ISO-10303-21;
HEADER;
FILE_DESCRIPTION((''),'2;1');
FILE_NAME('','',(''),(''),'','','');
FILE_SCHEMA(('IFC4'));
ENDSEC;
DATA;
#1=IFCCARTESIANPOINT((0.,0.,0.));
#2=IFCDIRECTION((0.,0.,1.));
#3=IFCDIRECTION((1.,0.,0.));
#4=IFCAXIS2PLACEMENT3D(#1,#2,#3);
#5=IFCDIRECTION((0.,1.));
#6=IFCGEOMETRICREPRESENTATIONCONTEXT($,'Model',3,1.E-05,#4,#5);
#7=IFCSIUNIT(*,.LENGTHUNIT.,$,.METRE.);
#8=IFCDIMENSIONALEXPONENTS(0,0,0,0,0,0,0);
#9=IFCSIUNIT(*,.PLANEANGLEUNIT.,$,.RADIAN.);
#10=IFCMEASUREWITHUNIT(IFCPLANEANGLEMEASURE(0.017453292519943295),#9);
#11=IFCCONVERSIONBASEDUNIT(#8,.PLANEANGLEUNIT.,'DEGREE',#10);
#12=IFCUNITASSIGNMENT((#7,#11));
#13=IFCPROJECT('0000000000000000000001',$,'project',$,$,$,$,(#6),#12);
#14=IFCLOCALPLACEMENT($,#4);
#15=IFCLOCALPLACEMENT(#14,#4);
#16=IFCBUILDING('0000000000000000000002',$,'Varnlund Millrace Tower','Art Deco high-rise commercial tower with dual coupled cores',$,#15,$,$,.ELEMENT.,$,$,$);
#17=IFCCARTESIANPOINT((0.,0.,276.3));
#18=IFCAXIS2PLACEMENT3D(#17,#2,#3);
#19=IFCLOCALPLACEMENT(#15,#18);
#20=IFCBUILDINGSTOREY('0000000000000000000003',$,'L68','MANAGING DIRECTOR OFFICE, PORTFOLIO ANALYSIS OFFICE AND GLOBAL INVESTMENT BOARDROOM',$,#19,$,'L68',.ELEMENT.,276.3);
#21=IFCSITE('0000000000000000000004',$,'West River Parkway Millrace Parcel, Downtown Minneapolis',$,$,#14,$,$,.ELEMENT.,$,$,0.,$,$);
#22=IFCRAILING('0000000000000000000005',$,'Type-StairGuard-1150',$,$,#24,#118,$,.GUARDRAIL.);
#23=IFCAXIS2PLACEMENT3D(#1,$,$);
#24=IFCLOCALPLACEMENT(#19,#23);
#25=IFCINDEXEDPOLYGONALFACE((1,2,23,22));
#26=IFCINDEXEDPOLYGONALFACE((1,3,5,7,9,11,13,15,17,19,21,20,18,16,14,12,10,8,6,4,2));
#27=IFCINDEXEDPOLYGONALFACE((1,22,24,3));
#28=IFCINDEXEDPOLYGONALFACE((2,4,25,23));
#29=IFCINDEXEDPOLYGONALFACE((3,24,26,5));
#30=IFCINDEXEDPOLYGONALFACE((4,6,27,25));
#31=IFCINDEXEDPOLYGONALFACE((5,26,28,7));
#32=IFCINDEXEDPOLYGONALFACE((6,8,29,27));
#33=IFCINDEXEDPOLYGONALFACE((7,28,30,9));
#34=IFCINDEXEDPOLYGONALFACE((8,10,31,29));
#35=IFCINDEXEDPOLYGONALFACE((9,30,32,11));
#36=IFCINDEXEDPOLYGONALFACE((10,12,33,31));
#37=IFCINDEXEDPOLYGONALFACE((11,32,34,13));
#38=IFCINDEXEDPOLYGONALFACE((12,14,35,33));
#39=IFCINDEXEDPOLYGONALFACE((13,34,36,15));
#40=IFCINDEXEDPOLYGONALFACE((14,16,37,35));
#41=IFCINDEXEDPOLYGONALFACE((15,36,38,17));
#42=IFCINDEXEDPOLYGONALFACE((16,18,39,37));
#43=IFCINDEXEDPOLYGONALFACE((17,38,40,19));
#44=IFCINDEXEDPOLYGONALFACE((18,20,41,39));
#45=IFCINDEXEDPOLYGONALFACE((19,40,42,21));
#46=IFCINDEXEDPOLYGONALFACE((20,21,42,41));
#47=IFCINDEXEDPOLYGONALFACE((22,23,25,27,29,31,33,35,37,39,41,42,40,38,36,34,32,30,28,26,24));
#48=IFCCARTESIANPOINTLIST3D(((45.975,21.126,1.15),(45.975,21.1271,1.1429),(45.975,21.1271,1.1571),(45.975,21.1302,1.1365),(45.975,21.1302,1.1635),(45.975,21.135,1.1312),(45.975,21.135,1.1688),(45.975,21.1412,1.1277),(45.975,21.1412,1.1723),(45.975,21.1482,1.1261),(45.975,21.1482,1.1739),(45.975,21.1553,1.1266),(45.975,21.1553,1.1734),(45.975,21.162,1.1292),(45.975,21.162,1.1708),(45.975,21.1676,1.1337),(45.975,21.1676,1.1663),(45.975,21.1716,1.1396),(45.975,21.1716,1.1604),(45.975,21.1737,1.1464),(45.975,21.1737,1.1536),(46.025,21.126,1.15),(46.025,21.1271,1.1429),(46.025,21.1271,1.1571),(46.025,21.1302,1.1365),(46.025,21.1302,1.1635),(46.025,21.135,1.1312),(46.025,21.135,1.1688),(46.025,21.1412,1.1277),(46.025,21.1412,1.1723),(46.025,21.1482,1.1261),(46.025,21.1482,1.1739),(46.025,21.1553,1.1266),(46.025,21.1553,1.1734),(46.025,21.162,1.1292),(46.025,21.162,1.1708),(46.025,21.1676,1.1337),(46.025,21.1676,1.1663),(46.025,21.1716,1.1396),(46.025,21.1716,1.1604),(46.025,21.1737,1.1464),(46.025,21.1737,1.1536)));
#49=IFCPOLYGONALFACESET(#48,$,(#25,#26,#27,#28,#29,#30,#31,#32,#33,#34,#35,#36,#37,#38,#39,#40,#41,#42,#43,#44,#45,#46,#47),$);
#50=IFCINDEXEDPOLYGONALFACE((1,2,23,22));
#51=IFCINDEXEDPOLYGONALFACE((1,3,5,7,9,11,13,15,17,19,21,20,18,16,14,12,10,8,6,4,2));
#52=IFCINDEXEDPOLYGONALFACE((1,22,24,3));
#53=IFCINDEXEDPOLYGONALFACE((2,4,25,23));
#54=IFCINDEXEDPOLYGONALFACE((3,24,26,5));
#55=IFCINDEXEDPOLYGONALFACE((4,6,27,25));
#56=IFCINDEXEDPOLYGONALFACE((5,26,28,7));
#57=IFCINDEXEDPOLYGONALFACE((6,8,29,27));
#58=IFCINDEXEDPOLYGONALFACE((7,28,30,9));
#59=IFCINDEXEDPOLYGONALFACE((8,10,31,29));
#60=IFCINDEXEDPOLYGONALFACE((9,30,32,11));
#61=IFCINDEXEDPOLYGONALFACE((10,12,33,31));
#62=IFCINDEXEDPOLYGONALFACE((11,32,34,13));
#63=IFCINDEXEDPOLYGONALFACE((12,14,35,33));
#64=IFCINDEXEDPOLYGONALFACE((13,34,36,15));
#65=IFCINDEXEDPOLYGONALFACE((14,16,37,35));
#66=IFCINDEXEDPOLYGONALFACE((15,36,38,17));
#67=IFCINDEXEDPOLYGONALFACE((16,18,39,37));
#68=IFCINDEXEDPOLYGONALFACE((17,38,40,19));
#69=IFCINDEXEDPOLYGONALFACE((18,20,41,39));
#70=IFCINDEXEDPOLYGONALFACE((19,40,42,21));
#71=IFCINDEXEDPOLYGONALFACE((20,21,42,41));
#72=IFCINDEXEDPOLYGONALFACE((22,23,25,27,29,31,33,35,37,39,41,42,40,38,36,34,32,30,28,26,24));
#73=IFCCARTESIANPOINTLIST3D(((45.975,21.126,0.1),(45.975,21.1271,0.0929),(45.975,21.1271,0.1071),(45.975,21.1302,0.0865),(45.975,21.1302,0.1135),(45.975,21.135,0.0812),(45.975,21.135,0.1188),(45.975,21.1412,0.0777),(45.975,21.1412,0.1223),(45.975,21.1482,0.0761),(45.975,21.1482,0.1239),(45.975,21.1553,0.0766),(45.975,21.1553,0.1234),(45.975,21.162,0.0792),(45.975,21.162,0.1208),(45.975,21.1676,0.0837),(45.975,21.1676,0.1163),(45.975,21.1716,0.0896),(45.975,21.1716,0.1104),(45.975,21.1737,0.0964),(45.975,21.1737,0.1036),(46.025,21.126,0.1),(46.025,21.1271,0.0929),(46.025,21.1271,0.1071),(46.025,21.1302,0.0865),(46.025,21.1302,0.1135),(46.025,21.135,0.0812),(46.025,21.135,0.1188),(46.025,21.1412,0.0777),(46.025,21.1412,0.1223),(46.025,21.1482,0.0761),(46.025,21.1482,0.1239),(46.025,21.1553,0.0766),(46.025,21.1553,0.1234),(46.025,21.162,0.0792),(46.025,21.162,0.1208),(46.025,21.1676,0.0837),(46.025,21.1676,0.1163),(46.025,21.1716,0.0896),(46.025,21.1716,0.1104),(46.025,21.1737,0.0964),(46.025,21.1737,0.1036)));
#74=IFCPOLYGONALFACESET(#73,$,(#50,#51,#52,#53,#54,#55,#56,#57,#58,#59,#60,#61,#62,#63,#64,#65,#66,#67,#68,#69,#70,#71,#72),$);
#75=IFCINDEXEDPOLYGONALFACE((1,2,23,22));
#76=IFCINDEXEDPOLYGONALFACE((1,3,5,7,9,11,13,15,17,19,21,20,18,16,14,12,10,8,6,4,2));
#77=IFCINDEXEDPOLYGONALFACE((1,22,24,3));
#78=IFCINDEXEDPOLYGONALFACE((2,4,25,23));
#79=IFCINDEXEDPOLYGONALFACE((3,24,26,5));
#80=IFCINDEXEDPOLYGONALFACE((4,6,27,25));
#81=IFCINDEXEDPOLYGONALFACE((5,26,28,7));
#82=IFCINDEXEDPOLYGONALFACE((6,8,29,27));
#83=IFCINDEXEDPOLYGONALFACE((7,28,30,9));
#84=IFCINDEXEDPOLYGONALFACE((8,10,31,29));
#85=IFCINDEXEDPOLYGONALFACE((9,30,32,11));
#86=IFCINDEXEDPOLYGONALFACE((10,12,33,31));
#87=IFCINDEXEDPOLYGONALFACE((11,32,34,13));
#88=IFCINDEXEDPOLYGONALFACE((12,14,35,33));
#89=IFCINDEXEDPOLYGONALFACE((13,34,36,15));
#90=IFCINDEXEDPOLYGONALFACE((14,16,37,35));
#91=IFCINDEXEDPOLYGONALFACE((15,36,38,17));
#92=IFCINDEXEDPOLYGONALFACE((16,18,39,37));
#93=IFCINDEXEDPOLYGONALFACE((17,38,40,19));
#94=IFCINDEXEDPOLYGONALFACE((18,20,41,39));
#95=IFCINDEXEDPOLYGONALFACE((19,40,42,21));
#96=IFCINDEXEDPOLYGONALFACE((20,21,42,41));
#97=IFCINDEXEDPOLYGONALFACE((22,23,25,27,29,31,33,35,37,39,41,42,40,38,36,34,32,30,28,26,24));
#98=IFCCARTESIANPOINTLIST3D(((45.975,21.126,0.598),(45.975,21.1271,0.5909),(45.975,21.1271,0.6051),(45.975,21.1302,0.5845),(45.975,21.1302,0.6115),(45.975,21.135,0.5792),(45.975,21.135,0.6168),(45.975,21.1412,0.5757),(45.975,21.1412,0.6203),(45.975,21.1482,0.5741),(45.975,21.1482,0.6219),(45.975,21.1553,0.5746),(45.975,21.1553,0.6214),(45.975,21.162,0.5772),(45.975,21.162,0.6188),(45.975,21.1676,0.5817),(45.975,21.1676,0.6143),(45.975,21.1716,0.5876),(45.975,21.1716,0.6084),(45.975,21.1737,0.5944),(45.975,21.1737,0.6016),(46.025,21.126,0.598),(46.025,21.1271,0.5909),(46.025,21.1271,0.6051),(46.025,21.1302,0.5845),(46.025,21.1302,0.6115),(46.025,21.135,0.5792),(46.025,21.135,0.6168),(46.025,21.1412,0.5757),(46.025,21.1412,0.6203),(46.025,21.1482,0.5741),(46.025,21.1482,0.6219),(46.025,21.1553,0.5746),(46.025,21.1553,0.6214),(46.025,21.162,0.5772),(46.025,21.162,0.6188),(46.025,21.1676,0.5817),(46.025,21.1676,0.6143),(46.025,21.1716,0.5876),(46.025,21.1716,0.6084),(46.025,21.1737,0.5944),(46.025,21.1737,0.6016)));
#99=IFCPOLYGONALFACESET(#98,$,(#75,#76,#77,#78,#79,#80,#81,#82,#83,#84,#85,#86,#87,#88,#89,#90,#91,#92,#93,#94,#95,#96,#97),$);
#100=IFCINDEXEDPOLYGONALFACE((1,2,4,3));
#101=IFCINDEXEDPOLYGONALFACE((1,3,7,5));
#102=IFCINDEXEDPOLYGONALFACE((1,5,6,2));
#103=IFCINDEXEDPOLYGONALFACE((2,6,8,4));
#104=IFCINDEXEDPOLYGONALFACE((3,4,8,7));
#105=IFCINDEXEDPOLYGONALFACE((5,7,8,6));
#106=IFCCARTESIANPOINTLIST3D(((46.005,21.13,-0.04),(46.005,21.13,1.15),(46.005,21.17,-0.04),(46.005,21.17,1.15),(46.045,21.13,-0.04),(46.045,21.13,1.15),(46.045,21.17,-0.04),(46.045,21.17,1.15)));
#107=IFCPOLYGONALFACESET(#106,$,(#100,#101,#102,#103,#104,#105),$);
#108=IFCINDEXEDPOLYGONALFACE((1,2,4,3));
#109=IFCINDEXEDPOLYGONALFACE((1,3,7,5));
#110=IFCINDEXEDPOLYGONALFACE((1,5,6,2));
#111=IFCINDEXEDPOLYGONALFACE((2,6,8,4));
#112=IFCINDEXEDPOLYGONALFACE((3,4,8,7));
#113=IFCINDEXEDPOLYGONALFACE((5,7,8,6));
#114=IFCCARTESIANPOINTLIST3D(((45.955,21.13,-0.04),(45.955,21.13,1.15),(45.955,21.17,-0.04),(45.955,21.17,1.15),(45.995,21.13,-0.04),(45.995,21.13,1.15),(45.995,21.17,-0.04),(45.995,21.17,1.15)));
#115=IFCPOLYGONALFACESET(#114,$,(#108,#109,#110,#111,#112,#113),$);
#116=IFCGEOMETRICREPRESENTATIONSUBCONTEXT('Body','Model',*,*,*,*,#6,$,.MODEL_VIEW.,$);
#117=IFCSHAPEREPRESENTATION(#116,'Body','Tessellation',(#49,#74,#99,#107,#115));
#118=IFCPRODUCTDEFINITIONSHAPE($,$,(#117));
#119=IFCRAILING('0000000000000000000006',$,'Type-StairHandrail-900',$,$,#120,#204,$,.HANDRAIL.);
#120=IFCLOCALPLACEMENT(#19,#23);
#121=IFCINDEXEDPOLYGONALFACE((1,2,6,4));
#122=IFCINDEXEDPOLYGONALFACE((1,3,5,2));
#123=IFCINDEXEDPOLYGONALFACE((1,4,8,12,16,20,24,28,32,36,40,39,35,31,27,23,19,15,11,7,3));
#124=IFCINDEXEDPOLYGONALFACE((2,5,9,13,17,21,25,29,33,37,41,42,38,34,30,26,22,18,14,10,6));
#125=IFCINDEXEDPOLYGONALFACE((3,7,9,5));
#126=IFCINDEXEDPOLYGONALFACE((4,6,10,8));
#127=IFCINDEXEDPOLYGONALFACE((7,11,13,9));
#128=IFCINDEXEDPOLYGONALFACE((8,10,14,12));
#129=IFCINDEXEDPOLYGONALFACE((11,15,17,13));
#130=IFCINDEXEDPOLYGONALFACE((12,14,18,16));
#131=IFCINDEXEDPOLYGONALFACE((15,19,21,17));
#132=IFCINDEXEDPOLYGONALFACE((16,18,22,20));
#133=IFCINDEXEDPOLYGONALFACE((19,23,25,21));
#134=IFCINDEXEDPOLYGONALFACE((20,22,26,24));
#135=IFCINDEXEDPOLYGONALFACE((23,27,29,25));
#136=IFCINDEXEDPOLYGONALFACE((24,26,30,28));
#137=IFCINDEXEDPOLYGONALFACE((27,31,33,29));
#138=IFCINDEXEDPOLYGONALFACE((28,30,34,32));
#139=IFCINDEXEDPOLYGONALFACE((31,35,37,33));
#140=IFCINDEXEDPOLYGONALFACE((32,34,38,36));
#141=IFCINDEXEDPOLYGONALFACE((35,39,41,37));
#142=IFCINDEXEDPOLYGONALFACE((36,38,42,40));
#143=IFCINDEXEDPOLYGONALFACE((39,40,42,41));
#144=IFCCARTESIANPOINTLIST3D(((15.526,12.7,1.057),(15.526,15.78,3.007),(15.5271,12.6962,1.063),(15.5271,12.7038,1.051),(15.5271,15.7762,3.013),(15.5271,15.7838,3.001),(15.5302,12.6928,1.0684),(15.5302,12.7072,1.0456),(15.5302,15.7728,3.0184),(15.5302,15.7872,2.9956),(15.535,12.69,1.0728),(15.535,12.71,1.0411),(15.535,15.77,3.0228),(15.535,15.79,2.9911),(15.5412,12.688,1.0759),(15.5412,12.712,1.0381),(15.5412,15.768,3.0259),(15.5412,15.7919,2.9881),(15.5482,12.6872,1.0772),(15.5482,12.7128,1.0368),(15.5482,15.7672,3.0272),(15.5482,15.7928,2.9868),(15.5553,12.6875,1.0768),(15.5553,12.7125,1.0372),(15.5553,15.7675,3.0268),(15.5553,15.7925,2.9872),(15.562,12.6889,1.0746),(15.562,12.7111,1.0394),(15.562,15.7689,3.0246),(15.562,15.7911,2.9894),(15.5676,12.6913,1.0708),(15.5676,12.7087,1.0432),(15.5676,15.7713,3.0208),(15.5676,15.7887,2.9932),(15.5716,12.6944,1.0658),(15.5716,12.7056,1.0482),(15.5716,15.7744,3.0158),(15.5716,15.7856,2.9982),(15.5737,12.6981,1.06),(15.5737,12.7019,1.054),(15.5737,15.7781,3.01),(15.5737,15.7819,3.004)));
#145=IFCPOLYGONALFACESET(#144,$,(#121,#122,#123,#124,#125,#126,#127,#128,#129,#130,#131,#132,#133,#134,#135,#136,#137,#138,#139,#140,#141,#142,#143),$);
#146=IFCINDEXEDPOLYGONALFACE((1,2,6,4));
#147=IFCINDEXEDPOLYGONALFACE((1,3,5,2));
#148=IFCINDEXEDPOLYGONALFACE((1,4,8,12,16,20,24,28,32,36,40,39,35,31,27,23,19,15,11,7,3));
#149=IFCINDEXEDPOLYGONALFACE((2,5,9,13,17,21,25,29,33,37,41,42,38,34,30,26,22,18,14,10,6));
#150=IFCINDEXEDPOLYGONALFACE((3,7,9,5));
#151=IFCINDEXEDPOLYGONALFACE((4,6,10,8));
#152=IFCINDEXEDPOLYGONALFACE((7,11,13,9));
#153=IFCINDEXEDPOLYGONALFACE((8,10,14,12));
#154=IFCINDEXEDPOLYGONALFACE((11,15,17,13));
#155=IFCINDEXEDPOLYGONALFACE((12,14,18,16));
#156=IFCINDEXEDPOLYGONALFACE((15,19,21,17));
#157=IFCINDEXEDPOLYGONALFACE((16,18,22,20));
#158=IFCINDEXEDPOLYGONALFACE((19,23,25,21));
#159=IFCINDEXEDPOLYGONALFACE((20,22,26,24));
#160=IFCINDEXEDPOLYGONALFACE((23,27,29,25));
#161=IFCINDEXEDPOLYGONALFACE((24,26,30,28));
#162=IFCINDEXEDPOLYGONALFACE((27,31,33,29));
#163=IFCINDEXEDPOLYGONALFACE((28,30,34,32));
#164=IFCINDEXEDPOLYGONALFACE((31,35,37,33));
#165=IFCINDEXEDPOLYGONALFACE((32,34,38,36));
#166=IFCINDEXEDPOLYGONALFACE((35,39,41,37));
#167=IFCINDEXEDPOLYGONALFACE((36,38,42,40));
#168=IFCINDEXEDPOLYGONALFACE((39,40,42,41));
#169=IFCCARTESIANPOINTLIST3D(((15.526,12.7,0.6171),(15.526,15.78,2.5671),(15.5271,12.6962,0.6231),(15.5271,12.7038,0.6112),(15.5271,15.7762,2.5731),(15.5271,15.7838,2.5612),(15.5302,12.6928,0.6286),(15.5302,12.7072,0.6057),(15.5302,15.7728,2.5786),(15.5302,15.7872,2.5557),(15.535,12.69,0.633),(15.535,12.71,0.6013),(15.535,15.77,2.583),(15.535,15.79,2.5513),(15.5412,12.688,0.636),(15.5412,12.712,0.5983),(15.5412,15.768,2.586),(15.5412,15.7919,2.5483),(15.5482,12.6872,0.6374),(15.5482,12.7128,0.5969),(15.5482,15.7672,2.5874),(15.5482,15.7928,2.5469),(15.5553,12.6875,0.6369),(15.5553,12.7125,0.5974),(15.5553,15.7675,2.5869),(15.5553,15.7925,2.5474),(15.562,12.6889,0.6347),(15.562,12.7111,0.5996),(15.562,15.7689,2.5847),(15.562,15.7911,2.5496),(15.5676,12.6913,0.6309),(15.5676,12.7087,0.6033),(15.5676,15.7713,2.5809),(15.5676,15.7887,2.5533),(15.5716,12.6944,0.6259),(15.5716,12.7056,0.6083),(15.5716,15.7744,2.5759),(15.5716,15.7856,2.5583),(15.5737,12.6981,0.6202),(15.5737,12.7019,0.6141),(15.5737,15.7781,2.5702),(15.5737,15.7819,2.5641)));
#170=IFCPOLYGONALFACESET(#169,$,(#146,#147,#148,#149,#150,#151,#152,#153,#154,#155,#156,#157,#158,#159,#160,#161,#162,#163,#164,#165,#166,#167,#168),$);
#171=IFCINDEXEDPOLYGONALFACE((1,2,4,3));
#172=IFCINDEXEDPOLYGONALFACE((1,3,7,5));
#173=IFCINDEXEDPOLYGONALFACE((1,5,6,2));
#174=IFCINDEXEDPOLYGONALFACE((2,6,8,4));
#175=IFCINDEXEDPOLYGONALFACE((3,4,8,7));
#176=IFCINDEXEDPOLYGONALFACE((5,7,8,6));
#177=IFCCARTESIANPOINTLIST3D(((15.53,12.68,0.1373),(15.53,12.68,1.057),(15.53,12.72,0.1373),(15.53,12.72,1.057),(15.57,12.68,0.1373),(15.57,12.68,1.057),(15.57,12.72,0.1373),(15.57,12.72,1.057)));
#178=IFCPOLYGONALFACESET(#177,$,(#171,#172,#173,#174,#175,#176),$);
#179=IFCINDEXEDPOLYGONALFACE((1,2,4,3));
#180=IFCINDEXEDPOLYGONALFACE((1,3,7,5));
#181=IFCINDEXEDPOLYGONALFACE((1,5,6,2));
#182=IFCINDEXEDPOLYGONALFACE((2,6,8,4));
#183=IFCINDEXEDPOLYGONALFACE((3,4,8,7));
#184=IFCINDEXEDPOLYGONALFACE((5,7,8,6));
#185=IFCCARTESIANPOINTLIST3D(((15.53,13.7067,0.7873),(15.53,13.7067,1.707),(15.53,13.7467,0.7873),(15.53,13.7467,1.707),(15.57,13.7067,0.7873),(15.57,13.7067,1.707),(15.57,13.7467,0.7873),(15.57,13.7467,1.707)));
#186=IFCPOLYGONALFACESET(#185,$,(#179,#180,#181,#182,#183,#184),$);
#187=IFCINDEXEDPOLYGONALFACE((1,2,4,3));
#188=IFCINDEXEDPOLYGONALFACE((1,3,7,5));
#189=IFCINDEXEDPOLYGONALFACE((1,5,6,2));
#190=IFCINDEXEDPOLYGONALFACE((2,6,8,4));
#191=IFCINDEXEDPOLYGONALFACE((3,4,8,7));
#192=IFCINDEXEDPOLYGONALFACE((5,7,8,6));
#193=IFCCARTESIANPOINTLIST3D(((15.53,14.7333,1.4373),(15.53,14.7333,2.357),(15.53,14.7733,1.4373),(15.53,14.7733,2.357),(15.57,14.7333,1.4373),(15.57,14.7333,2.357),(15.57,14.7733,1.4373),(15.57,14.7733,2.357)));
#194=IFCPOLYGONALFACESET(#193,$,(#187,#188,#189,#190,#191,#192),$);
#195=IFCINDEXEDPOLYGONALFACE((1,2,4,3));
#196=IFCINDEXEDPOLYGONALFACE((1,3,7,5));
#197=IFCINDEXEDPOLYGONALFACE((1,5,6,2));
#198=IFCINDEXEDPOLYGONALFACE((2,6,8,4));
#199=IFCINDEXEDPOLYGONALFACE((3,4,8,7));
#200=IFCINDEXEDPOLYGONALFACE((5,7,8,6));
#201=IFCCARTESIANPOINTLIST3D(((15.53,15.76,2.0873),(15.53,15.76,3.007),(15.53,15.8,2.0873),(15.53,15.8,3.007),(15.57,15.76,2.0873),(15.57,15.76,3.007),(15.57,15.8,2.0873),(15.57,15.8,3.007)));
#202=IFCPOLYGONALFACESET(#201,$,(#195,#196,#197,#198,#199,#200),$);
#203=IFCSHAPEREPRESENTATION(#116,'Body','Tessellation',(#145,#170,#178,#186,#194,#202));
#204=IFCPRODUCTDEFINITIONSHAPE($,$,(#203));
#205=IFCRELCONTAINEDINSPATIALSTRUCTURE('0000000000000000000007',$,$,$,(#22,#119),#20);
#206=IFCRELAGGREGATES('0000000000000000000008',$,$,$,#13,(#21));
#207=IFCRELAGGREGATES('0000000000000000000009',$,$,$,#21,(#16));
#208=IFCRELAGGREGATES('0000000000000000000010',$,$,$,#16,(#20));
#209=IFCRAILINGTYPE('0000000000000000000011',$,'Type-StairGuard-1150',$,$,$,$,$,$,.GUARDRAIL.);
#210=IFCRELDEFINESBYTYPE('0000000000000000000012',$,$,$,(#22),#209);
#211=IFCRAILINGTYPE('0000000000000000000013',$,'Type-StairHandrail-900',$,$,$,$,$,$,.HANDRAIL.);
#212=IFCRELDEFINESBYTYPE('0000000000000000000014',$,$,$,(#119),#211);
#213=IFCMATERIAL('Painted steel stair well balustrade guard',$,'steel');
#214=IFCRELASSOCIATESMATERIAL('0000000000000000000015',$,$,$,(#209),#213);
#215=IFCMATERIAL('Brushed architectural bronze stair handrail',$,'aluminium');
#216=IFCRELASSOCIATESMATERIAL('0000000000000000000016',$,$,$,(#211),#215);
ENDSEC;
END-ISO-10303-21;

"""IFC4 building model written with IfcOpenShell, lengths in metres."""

from ifc_helpers import new_model, entity, si_unit, converted_unit, direction, frame, origin_with_axes, origin_2d_with_axis, place, context, subcontext, project, spatial, rectangle, circle, extrude, material, type_object, element, save


model = new_model("IFC4")

# Units and contexts
model_context = context("Model", 3, precision=1e-05, world=origin_with_axes(), true_north=direction((0.0, 1.0)))
body_context = subcontext(model_context, "Body", "Model", "MODEL_VIEW")
ifc_project = project(units=[si_unit("LENGTHUNIT", "METRE"), converted_unit("PLANEANGLEUNIT", "DEGREE", entity("IfcPlaneAngleMeasure", 0.017453292519943295), si_unit("PLANEANGLEUNIT", "RADIAN"), dimensions=[0, 0, 0, 0, 0, 0, 0])], contexts=[model_context])

# Site, building, storey
site_placement = place(None, origin_with_axes())
site = spatial("IfcSite", under=ifc_project, at=site_placement, Name="West River Parkway Millrace Parcel, Downtown Minneapolis", CompositionType="ELEMENT", RefElevation=0.0)
building_placement = place(site_placement, origin_with_axes())
building = spatial("IfcBuilding", under=site, at=building_placement, Name="Varnlund Millrace Tower", Description="Art Deco high-rise commercial tower with dual coupled cores", CompositionType="ELEMENT")
storey_placement = place(building_placement, frame((0.0, 0.0, 276.3), z_axis=(0.0, 0.0, 1.0), x_axis=(1.0, 0.0, 0.0)))
storey = spatial("IfcBuildingStorey", under=building, at=storey_placement, Name="L68", Description="MANAGING DIRECTOR OFFICE, PORTFOLIO ANALYSIS OFFICE AND GLOBAL INVESTMENT BOARDROOM", LongName="L68", CompositionType="ELEMENT", Elevation=276.3)

# Railings
ifc_material_1 = material(Name="Painted steel stair well balustrade guard", Category="steel")
railing_type_1 = type_object("IfcRailingType", Name="Type-StairGuard-1150", PredefinedType="GUARDRAIL", material=ifc_material_1)
railing_1_placement = place(storey_placement, frame((0.0, 0.0, -276.3), z_axis=(0.0, 0.0, 1.0), x_axis=(1.0, 0.0, 0.0)))
element("IfcRailing", 1, at=railing_1_placement, inside=storey, type_object=railing_type_1, Name="Type-StairGuard-1150", PredefinedType="GUARDRAIL", context=body_context, shape_type="SweptSolid", body=[
    extrude(circle(Radius=0.024, at=origin_2d_with_axis()), frame((46.025, 21.15, 277.45), z_axis=(-1.0, 0.0, 0.0), x_axis=(0.0, -1.0, 0.0)), (0.0, 0.0, 1.0), 0.05),
    extrude(circle(Radius=0.024, at=origin_2d_with_axis()), frame((46.025, 21.15, 276.4), z_axis=(-1.0, 0.0, 0.0), x_axis=(0.0, -1.0, 0.0)), (0.0, 0.0, 1.0), 0.05),
    extrude(circle(Radius=0.024, at=origin_2d_with_axis()), frame((46.025, 21.15, 276.898), z_axis=(-1.0, 0.0, 0.0), x_axis=(0.0, -1.0, 0.0)), (0.0, 0.0, 1.0), 0.05),
    extrude(rectangle(XDim=0.04, YDim=0.04, at=origin_2d_with_axis()), frame((46.025, 21.15, 276.26), z_axis=(0.0, 0.0, 1.0), x_axis=(1.0, 0.0, 0.0)), (0.0, 0.0, 1.0), 1.19),
    extrude(rectangle(XDim=0.04, YDim=0.04, at=origin_2d_with_axis()), frame((45.975, 21.15, 276.26), z_axis=(0.0, 0.0, 1.0), x_axis=(1.0, 0.0, 0.0)), (0.0, 0.0, 1.0), 1.19),
])
ifc_material_2 = material(Name="Brushed architectural bronze stair handrail", Category="aluminium")
railing_type_2 = type_object("IfcRailingType", Name="Type-StairHandrail-900", PredefinedType="HANDRAIL", material=ifc_material_2)
railing_2_placement = place(storey_placement, frame((0.0, 0.0, -276.3), z_axis=(0.0, 0.0, 1.0), x_axis=(1.0, 0.0, 0.0)))
element("IfcRailing", 2, at=railing_2_placement, inside=storey, type_object=railing_type_2, Name="Type-StairHandrail-900", PredefinedType="HANDRAIL", context=body_context, shape_type="SweptSolid", body=[
    extrude(circle(Radius=0.024, at=origin_2d_with_axis()), frame((15.55, 12.7, 277.357), z_axis=(0.0, 0.844902, 0.534922), x_axis=(-1.0, 0.0, 0.0)), (0.0, 0.0, 1.0), 3.6454),
    extrude(circle(Radius=0.024, at=origin_2d_with_axis()), frame((15.55, 12.7, 276.9171), z_axis=(0.0, 0.844902, 0.534922), x_axis=(-1.0, 0.0, 0.0)), (0.0, 0.0, 1.0), 3.6454),
    extrude(rectangle(XDim=0.04, YDim=0.04, at=origin_2d_with_axis()), frame((15.55, 12.7, 276.4373), z_axis=(0.0, 0.0, 1.0), x_axis=(1.0, 0.0, 0.0)), (0.0, 0.0, 1.0), 0.9197),
    extrude(rectangle(XDim=0.04, YDim=0.04, at=origin_2d_with_axis()), frame((15.55, 13.7267, 277.0873), z_axis=(0.0, 0.0, 1.0), x_axis=(1.0, 0.0, 0.0)), (0.0, 0.0, 1.0), 0.9197),
    extrude(rectangle(XDim=0.04, YDim=0.04, at=origin_2d_with_axis()), frame((15.55, 14.7533, 277.7373), z_axis=(0.0, 0.0, 1.0), x_axis=(1.0, 0.0, 0.0)), (0.0, 0.0, 1.0), 0.9197),
    extrude(rectangle(XDim=0.04, YDim=0.04, at=origin_2d_with_axis()), frame((15.55, 15.78, 278.3873), z_axis=(0.0, 0.0, 1.0), x_axis=(1.0, 0.0, 0.0)), (0.0, 0.0, 1.0), 0.9197),
])

save(model, "model.ifc")
